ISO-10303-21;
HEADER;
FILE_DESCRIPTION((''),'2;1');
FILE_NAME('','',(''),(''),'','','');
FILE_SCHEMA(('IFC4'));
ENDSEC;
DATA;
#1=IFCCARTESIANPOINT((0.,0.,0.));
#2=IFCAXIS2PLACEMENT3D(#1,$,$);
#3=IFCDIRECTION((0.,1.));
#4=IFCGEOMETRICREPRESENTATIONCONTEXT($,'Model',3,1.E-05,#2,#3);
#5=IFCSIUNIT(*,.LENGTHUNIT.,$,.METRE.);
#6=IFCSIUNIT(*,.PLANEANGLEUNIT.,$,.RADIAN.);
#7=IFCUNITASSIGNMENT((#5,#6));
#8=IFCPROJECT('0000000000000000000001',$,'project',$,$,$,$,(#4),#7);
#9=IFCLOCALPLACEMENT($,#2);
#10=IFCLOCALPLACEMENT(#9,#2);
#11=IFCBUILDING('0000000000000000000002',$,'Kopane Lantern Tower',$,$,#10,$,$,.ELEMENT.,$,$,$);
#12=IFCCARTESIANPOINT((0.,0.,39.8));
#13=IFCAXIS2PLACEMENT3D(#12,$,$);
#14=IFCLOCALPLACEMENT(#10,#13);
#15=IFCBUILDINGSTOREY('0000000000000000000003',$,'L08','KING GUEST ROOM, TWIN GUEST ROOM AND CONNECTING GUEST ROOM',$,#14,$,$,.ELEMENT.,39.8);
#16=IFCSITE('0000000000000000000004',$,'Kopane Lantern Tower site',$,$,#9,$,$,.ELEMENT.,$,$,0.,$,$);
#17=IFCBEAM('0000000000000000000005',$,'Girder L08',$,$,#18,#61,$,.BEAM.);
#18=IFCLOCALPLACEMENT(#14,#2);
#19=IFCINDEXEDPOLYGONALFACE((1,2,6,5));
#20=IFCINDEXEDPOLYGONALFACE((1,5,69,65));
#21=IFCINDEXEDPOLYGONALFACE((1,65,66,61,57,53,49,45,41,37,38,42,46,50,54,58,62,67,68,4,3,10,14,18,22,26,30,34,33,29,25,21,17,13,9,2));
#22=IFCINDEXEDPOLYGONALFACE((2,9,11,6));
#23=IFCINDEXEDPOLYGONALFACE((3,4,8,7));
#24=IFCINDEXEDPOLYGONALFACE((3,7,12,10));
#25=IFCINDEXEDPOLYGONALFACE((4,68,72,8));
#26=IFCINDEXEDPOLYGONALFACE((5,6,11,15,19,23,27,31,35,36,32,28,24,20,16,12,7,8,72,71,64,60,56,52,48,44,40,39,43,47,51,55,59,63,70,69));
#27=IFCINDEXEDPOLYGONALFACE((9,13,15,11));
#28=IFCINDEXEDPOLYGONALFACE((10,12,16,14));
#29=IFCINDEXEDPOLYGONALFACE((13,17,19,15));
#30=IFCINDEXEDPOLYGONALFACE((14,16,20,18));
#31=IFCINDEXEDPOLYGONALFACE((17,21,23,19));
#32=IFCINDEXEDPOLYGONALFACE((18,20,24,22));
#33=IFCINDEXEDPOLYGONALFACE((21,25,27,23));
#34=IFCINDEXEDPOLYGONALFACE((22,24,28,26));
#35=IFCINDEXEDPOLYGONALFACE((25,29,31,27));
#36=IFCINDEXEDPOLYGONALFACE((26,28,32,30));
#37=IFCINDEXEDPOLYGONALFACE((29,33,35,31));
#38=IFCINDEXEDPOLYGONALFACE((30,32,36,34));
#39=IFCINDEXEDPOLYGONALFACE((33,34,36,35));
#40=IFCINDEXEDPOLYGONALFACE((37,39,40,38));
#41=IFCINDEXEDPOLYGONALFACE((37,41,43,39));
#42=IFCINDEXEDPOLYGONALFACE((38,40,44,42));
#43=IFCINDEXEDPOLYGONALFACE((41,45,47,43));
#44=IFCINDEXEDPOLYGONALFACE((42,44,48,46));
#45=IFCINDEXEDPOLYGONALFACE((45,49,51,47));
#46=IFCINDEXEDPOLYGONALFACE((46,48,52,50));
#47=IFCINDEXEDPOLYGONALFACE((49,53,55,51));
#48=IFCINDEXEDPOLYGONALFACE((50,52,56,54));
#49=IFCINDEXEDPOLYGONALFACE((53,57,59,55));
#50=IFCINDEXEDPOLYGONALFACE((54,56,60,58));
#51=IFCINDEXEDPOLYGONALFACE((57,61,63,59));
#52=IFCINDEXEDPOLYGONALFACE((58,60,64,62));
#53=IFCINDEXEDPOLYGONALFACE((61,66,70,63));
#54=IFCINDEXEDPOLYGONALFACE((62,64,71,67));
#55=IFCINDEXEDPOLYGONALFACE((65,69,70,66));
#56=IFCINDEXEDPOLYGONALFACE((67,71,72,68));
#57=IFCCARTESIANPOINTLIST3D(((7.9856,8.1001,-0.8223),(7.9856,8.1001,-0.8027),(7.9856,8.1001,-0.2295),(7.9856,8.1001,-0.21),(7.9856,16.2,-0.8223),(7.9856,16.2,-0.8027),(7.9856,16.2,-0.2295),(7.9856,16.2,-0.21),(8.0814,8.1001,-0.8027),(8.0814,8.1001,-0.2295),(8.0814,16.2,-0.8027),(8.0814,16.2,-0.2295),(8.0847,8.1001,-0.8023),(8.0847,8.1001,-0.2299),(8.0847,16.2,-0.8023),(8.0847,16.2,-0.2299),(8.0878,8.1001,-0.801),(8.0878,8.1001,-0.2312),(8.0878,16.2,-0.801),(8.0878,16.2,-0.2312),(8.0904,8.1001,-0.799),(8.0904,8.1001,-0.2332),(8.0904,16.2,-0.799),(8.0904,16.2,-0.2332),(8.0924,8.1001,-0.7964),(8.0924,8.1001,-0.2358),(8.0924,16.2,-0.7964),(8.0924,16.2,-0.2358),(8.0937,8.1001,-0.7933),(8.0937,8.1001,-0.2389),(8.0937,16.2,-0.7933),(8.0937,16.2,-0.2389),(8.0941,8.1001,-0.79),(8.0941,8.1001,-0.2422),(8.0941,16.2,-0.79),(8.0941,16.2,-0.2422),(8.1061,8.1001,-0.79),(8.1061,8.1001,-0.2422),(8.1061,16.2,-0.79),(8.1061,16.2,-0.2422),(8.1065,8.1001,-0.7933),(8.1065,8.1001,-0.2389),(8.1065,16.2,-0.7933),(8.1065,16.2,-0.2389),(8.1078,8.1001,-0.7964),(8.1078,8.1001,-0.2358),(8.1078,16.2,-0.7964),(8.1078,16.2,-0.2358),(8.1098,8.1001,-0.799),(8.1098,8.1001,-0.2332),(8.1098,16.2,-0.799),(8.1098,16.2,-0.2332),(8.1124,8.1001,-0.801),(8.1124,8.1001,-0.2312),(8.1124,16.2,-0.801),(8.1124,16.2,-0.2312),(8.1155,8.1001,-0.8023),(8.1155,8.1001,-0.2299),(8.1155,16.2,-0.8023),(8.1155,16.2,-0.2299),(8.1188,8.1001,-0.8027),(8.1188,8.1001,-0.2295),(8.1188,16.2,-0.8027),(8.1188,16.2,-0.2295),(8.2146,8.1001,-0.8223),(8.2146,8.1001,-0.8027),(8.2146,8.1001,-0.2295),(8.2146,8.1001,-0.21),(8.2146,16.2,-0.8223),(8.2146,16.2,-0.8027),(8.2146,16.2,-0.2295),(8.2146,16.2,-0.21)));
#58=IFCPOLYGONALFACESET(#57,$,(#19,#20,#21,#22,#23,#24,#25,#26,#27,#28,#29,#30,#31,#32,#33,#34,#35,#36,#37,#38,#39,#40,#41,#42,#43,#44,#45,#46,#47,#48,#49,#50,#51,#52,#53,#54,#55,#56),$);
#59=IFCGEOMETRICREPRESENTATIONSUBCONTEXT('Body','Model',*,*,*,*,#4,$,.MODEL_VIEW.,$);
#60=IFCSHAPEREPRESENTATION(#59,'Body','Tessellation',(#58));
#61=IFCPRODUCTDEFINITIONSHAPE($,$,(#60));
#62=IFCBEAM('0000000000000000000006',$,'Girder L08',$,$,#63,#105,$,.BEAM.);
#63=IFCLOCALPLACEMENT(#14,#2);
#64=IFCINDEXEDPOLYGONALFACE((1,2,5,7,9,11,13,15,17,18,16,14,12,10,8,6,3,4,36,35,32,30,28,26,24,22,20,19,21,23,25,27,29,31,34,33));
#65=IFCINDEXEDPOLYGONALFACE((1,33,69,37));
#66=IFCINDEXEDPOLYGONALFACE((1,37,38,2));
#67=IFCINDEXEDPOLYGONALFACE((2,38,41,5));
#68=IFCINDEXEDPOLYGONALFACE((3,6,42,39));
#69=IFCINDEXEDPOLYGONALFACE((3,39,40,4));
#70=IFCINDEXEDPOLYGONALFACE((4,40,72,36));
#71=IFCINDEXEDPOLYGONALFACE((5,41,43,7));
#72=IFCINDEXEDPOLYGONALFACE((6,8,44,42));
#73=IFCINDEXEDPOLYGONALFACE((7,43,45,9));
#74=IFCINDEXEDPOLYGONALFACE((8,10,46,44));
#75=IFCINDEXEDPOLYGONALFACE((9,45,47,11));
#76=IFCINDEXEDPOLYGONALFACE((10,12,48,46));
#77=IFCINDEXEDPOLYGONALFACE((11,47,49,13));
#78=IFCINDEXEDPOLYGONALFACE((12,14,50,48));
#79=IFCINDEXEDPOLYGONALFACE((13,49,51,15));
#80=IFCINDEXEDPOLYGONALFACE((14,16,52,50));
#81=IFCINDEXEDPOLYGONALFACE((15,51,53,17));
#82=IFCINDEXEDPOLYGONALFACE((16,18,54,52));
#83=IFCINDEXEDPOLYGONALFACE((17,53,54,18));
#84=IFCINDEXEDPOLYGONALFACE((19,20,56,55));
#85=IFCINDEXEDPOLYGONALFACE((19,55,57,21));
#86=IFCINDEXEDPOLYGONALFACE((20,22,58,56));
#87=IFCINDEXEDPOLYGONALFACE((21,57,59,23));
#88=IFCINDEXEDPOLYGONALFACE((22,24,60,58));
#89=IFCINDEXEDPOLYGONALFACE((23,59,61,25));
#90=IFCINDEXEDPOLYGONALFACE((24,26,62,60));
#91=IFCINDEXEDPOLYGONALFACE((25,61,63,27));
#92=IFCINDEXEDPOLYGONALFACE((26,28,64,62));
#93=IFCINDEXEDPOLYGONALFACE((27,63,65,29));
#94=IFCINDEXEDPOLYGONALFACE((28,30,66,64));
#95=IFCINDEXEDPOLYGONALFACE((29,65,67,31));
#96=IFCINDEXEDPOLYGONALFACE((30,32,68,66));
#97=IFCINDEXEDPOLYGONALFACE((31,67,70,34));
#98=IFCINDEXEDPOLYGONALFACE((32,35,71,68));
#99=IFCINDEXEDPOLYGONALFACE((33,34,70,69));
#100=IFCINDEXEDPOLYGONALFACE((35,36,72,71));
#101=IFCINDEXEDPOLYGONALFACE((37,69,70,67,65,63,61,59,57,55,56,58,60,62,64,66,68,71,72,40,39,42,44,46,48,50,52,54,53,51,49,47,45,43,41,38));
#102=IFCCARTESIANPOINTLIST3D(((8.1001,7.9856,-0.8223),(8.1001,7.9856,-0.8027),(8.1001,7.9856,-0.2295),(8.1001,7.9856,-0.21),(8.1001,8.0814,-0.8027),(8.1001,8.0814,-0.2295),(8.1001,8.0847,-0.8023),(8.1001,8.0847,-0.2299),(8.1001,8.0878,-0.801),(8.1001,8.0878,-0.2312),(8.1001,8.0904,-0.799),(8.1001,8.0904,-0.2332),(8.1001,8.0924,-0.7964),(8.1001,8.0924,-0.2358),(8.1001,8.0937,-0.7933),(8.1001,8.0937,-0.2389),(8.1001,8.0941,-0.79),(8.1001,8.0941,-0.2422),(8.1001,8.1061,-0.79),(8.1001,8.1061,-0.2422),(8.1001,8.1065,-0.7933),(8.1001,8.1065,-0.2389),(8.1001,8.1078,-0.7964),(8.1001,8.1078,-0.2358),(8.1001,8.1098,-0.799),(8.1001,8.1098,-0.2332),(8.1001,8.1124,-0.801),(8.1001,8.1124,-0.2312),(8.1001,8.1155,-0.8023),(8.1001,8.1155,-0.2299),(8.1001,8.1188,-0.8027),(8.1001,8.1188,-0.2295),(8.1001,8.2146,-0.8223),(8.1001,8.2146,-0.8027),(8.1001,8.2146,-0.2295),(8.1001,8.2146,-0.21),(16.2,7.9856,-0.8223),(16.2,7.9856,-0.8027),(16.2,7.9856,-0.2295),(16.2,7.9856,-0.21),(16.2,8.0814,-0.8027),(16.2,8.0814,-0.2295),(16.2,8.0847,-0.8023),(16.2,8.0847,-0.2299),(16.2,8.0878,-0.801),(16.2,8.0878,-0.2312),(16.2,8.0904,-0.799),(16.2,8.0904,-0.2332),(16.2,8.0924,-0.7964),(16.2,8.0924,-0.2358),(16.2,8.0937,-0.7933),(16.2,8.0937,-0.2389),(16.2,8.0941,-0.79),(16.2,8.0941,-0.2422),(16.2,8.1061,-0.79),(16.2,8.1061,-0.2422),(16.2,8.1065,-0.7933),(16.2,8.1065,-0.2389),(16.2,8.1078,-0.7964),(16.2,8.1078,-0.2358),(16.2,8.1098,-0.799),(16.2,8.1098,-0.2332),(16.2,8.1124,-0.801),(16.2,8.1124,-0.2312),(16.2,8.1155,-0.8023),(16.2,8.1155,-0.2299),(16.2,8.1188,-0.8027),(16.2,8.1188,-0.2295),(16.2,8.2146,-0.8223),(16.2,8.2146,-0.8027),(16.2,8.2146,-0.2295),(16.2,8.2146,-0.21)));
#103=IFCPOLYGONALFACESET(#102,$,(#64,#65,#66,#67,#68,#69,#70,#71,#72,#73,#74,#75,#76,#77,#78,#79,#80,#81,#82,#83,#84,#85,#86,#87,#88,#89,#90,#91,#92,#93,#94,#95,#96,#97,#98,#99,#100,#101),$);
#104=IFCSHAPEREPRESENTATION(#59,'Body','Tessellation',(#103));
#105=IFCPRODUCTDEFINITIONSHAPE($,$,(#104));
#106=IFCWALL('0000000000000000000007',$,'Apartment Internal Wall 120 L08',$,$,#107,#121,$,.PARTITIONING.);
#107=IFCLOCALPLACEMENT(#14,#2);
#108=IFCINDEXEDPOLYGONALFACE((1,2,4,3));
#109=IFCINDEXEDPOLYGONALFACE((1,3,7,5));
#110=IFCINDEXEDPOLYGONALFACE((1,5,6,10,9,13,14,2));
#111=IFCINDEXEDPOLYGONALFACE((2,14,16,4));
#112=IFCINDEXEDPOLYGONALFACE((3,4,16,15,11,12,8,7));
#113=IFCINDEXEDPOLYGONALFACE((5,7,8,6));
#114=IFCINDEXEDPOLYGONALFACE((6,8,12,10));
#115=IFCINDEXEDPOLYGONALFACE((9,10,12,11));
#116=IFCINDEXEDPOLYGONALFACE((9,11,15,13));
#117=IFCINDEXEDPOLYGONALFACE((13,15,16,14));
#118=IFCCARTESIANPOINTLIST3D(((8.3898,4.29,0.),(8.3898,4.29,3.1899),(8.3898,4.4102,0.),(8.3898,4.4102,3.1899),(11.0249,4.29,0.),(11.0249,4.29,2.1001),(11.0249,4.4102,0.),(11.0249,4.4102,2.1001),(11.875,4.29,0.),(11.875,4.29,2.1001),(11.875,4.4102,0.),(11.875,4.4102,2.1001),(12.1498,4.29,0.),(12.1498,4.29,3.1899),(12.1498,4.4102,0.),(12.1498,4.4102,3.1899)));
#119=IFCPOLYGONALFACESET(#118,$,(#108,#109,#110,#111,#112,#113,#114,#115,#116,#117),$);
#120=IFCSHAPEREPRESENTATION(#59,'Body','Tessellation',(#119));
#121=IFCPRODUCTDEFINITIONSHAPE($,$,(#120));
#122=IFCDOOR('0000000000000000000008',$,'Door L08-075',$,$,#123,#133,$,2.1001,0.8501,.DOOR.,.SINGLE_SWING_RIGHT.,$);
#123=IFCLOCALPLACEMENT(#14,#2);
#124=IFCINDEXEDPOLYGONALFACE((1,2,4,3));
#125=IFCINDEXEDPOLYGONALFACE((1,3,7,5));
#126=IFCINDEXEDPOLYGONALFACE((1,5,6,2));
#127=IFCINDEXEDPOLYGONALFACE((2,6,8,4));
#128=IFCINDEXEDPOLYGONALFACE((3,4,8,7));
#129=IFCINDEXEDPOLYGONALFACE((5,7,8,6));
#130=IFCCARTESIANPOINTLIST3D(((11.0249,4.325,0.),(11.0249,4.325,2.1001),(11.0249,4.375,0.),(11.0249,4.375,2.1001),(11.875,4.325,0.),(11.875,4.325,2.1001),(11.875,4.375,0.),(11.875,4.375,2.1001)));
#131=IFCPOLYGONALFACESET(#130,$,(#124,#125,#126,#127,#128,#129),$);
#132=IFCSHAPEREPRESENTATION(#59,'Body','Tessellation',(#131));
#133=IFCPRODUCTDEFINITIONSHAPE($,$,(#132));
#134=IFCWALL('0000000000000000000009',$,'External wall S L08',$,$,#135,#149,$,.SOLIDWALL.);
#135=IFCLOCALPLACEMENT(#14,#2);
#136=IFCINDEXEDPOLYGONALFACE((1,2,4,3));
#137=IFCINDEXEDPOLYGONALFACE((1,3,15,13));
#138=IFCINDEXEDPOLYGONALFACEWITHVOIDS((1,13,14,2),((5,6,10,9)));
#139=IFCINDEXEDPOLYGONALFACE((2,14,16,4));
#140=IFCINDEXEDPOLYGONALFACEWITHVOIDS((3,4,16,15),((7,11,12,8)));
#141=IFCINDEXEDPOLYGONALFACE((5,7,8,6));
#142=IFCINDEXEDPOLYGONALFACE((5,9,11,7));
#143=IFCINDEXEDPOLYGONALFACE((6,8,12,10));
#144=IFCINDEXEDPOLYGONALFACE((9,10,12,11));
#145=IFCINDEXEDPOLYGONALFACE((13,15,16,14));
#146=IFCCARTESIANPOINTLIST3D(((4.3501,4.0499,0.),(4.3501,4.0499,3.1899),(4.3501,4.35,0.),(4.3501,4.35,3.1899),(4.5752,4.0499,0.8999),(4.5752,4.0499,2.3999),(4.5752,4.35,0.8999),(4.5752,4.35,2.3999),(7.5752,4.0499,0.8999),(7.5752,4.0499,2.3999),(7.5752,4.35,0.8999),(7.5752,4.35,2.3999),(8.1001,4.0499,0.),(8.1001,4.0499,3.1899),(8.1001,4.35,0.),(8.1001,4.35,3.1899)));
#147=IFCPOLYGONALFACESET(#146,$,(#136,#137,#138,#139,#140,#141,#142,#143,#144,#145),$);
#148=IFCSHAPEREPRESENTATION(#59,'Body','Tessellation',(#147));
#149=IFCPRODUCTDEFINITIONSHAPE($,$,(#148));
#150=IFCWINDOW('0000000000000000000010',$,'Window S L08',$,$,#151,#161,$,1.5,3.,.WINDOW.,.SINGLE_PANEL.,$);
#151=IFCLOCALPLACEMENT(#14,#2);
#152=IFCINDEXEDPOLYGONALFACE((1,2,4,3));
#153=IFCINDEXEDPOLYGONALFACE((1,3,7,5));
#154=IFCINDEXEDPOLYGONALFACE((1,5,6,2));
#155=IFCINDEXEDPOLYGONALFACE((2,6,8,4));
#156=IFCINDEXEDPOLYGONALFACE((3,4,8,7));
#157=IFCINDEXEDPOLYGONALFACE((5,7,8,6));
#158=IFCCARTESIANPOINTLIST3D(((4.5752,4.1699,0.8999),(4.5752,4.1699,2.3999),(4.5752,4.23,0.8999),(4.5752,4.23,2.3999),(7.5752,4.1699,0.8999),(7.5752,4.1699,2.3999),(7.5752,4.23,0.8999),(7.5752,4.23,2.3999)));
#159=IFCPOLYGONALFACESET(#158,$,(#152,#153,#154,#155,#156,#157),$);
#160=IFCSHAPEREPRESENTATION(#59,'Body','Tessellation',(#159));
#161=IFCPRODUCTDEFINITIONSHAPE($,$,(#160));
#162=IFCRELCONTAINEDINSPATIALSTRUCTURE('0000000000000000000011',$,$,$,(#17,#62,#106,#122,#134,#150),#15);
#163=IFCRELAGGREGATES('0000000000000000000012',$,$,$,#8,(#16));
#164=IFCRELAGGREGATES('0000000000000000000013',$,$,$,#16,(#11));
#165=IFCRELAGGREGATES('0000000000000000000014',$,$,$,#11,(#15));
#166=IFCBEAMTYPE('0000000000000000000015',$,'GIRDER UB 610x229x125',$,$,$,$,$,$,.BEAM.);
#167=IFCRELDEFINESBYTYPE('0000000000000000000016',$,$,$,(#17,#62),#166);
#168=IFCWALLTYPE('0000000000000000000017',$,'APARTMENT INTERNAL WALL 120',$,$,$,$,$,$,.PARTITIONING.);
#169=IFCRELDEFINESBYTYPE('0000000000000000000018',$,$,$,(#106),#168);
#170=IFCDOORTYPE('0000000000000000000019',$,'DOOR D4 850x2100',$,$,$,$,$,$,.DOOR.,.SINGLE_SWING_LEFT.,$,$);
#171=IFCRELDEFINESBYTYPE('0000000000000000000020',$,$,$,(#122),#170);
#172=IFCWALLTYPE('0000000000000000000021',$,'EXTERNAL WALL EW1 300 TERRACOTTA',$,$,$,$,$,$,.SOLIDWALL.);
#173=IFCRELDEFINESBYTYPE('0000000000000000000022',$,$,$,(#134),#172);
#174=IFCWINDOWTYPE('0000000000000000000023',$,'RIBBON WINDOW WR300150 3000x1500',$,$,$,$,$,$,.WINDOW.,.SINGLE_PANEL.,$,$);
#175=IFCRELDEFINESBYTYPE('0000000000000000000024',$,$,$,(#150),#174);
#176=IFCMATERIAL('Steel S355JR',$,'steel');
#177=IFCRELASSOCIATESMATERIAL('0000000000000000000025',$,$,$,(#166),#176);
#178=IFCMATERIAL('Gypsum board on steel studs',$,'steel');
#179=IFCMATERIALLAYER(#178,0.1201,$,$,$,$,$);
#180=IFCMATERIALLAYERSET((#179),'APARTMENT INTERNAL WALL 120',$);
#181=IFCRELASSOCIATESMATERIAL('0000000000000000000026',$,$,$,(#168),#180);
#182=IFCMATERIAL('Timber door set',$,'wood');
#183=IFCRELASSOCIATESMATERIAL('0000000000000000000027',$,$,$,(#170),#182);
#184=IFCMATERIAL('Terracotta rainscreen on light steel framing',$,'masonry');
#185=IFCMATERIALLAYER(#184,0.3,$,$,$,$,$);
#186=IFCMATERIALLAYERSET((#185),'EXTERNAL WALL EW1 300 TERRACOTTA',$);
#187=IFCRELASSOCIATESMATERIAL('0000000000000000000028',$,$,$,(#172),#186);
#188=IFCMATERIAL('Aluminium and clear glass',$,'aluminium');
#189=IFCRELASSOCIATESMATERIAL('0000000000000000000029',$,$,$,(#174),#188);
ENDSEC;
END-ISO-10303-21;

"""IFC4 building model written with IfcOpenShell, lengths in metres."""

from ifc_helpers import new_model, si_unit, direction, frame, frame_2d, origin, origin_2d, place, context, subcontext, project, spatial, rectangle, i_section, extrude, material, layer, layer_set, material_profile, profile_set, type_object, element, fill, save


model = new_model("IFC4")

# Units and contexts
model_context = context("Model", 3, precision=1e-05, world=origin(), true_north=direction((0.0, 1.0)))
body_context = subcontext(model_context, "Body", "Model", "MODEL_VIEW")
ifc_project = project(units=[si_unit("LENGTHUNIT", "METRE"), si_unit("PLANEANGLEUNIT", "RADIAN")], contexts=[model_context])

# Site, building, storey
site_placement = place(None, origin())
site = spatial("IfcSite", under=ifc_project, at=site_placement, Name="Kopane Lantern Tower site", CompositionType="ELEMENT", RefElevation=0.0)
building_placement = place(site_placement, origin())
building = spatial("IfcBuilding", under=site, at=building_placement, Name="Kopane Lantern Tower", CompositionType="ELEMENT")
storey_placement = place(building_placement, frame((0.0, 0.0, 39.8)))
storey = spatial("IfcBuildingStorey", under=building, at=storey_placement, Name="L08", Description="KING GUEST ROOM, TWIN GUEST ROOM AND CONNECTING GUEST ROOM", CompositionType="ELEMENT", Elevation=39.8)

# Beams
ifc_material_1 = material(Name="Steel S355JR", Category="steel")
ifc_material_profile_1 = material_profile(ifc_material_1, i_section(OverallWidth=0.229, OverallDepth=0.6123, WebThickness=0.012, FlangeThickness=0.0195, FilletRadius=0.0127, at=origin_2d()), Name="UB 610x229x125")
ifc_profile_set_1 = profile_set([ifc_material_profile_1], Name="Steel S355JR")
beam_type_1 = type_object("IfcBeamType", Name="GIRDER UB 610x229x125", PredefinedType="BEAM", material=ifc_profile_set_1)
for number, where, z_axis, x_axis, name in (
    (1, (8.1001, 8.1001, -0.5161), (0.0, 1.0, 0.0), (-1.0, 0.0, 0.0), "Girder L08"),
    (2, (8.1001, 8.1001, -0.5161), (1.0, 0.0, 0.0), (0.0, 1.0, 0.0), "Girder L08"),
):
    element("IfcBeam", number, at=place(storey_placement, frame(where, z_axis=z_axis, x_axis=x_axis)), inside=storey, type_object=beam_type_1, Name=name, PredefinedType="BEAM", context=body_context, shape_type="SweptSolid", body=[
        extrude(i_section(OverallWidth=0.229, OverallDepth=0.6123, WebThickness=0.012, FlangeThickness=0.0195, FilletRadius=0.0127, at=origin_2d()), origin(), (0.0, 0.0, 1.0), 8.0999),
    ])

# Wall, opening, door
ifc_material_2 = material(Name="Gypsum board on steel studs", Category="steel")
ifc_layer_1 = layer(ifc_material_2, 0.1201)
ifc_layer_set_1 = layer_set([ifc_layer_1], Name="APARTMENT INTERNAL WALL 120")
wall_type_1 = type_object("IfcWallType", Name="APARTMENT INTERNAL WALL 120", PredefinedType="PARTITIONING", material=ifc_layer_set_1)
wall_1_placement = place(storey_placement, frame((8.3899, 4.3501, 0.0), z_axis=(0.0, 0.0, 1.0), x_axis=(1.0, 0.0, 0.0)))
wall_1 = element("IfcWall", 3, at=wall_1_placement, inside=storey, type_object=wall_type_1, Name="Apartment Internal Wall 120 L08", PredefinedType="PARTITIONING", context=body_context, shape_type="SweptSolid", body=[
    extrude(rectangle(XDim=3.76, YDim=0.1201, at=frame_2d((1.8799, 0.0))), origin(), (0.0, 0.0, 1.0), 3.1899),
])
opening_1_placement = place(wall_1_placement, frame((2.635, 0.0, 0.0)))
opening_1 = element("IfcOpeningElement", 4, at=opening_1_placement, cuts=wall_1, PredefinedType="OPENING", context=body_context, shape_type="SweptSolid", body=[
    extrude(rectangle(XDim=0.8501, YDim=2.1001, at=frame_2d((0.425, 1.05))), frame((0.0, 0.0701, 0.0), z_axis=(0.0, -1.0, 0.0), x_axis=(1.0, 0.0, 0.0)), (0.0, 0.0, 1.0), 0.1401),
])
ifc_material_3 = material(Name="Timber door set", Category="wood")
door_type = type_object("IfcDoorType", Name="DOOR D4 850x2100", OperationType="SINGLE_SWING_LEFT", PredefinedType="DOOR", material=ifc_material_3)
door_placement = place(opening_1_placement, origin())
door = element("IfcDoor", 5, at=door_placement, inside=storey, type_object=door_type, Name="Door L08-075", OperationType="SINGLE_SWING_RIGHT", OverallHeight=2.1001, OverallWidth=0.8501, PredefinedType="DOOR", context=body_context, shape_type="SweptSolid", body=[
    extrude(rectangle(XDim=0.8501, YDim=2.1001, at=frame_2d((0.425, 1.05))), frame((0.0, 0.0249, 0.0), z_axis=(0.0, -1.0, 0.0), x_axis=(1.0, 0.0, 0.0)), (0.0, 0.0, 1.0), 0.05),
])
fill(opening_1, door)

# Shared definitions
ifc_material_4 = material(Name="Terracotta rainscreen on light steel framing", Category="masonry")
ifc_layer_2 = layer(ifc_material_4, 0.3)
ifc_layer_set_2 = layer_set([ifc_layer_2], Name="EXTERNAL WALL EW1 300 TERRACOTTA")
wall_type_2 = type_object("IfcWallType", Name="EXTERNAL WALL EW1 300 TERRACOTTA", PredefinedType="SOLIDWALL", material=ifc_layer_set_2)

# Wall, opening, window
wall_2_placement = place(storey_placement, frame((4.3501, 4.2, 0.0), z_axis=(0.0, 0.0, 1.0), x_axis=(1.0, 0.0, 0.0)))
wall_2 = element("IfcWall", 6, at=wall_2_placement, inside=storey, type_object=wall_type_2, Name="External wall S L08", PredefinedType="SOLIDWALL", context=body_context, shape_type="SweptSolid", body=[
    extrude(rectangle(XDim=3.75, YDim=0.3, at=frame_2d((1.875, 0.0))), origin(), (0.0, 0.0, 1.0), 3.1899),
])
opening_2_placement = place(wall_2_placement, frame((0.2251, 0.0, 0.8999)))
opening_2 = element("IfcOpeningElement", 7, at=opening_2_placement, cuts=wall_2, PredefinedType="OPENING", context=body_context, shape_type="SweptSolid", body=[
    extrude(rectangle(XDim=3.0, YDim=1.5, at=frame_2d((1.5, 0.75))), frame((0.0, 0.1599, 0.0), z_axis=(0.0, -1.0, 0.0), x_axis=(1.0, 0.0, 0.0)), (0.0, 0.0, 1.0), 0.3201),
])
ifc_material_5 = material(Name="Aluminium and clear glass", Category="aluminium")
window_type_1 = type_object("IfcWindowType", Name="RIBBON WINDOW WR300150 3000x1500", PartitioningType="SINGLE_PANEL", PredefinedType="WINDOW", material=ifc_material_5)
window_1_placement = place(opening_2_placement, origin())
window_1 = element("IfcWindow", 8, at=window_1_placement, inside=storey, type_object=window_type_1, Name="Window S L08", OverallHeight=1.5, OverallWidth=3.0, PartitioningType="SINGLE_PANEL", PredefinedType="WINDOW", context=body_context, shape_type="SweptSolid", body=[
    extrude(rectangle(XDim=3.0, YDim=1.5, at=frame_2d((1.5, 0.75))), frame((0.0, 0.03, 0.0), z_axis=(0.0, -1.0, 0.0), x_axis=(1.0, 0.0, 0.0)), (0.0, 0.0, 1.0), 0.0601),
])
fill(opening_2, window_1)

save(model, "model.ifc")
